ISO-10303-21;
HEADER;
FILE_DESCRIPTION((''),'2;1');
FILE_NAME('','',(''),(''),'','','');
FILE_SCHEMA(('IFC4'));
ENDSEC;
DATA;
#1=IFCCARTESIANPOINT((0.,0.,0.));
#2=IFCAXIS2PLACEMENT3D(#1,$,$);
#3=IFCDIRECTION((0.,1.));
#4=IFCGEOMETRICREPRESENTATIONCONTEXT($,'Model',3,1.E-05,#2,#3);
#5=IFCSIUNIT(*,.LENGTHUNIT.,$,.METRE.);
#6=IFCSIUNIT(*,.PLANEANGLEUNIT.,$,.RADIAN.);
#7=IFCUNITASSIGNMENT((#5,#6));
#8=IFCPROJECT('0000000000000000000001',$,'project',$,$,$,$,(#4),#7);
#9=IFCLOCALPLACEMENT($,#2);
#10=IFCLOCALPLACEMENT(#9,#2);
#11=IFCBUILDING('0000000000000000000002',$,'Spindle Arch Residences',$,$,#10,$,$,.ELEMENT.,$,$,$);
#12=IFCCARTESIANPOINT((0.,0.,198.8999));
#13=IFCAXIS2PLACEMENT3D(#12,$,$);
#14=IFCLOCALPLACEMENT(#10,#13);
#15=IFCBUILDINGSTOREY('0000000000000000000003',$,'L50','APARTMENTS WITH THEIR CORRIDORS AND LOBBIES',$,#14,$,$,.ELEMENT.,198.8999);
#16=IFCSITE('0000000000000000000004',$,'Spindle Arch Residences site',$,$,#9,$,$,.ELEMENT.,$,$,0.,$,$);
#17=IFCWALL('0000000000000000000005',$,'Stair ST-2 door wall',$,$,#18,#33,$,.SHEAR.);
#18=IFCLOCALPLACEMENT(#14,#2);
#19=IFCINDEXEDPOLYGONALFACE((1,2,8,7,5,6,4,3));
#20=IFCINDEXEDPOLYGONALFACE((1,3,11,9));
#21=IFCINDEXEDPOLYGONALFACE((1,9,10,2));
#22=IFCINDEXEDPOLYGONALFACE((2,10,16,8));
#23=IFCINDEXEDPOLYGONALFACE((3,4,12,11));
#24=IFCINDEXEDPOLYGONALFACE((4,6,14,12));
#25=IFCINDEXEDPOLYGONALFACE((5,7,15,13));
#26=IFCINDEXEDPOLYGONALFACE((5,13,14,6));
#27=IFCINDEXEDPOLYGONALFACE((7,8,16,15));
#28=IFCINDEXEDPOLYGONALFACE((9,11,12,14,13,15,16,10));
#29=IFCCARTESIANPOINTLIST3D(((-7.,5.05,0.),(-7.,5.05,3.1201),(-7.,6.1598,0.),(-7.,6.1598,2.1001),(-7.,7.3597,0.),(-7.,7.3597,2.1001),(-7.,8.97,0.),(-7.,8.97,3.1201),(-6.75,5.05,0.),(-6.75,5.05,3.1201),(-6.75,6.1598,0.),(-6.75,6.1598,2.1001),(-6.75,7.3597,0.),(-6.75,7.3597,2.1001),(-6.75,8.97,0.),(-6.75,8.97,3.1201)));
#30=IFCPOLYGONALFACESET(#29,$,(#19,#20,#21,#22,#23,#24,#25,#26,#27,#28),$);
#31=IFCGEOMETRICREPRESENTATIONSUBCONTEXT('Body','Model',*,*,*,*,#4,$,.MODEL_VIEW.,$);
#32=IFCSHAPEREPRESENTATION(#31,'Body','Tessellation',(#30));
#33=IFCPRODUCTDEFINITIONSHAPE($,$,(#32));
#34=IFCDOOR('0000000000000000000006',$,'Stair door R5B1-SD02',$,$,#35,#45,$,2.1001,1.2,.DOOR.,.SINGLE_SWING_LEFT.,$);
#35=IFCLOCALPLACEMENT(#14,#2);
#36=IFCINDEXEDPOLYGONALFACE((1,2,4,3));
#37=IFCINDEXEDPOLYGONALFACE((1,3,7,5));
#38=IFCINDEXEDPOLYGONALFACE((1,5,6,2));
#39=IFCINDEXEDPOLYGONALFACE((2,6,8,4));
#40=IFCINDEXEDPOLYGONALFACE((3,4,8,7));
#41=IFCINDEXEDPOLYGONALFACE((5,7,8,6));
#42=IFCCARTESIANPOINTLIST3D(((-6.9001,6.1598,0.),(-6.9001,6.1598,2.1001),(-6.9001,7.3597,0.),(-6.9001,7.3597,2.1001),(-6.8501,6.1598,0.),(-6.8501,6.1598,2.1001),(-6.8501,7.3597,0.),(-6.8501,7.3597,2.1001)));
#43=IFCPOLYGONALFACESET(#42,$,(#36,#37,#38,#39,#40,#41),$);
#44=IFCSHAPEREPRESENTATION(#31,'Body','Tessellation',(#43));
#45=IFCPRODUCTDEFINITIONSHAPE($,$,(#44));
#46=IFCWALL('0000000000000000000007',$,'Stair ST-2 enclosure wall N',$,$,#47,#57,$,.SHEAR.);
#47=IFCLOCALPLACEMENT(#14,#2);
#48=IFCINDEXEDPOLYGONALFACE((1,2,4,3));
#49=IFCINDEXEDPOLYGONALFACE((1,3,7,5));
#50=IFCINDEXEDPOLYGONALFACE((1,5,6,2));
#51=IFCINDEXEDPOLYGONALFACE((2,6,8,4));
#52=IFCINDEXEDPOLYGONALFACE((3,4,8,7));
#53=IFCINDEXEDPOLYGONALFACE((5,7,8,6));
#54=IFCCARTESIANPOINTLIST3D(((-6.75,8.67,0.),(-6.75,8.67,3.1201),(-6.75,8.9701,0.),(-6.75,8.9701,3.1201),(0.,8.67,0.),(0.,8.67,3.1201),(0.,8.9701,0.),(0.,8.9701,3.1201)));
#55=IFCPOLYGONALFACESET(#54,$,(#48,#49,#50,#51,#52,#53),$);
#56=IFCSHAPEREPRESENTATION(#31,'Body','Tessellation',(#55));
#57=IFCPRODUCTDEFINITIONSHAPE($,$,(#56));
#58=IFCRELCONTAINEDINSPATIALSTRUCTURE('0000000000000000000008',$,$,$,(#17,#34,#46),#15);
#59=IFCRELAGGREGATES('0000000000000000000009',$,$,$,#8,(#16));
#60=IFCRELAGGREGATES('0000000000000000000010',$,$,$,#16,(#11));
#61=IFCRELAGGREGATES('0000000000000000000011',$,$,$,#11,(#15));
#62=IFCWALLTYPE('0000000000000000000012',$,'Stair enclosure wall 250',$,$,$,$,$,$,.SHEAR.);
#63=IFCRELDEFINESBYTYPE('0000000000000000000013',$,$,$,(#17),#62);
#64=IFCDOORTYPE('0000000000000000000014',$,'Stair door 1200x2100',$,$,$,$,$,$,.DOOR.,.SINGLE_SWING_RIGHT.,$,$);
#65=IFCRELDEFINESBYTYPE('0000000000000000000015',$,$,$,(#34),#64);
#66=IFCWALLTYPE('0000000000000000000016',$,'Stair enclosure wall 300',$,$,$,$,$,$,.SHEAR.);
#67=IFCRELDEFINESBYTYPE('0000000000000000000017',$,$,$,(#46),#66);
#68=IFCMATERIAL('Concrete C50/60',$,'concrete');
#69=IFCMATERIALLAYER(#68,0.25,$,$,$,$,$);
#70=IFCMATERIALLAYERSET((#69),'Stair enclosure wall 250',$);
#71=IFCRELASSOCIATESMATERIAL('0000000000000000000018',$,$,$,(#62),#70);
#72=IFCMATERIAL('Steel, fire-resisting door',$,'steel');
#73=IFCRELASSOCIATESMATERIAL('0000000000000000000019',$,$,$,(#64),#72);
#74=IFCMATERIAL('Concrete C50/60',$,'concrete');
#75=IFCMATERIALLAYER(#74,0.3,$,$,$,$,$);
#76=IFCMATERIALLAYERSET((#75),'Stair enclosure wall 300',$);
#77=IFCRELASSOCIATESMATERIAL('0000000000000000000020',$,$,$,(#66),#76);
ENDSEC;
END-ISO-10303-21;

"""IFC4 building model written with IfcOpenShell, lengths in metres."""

from ifc_helpers import new_model, si_unit, direction, frame, frame_2d, origin, place, context, subcontext, project, spatial, rectangle, extrude, material, layer, layer_set, type_object, element, fill, save


model = new_model("IFC4")

# Units and contexts
model_context = context("Model", 3, precision=1e-05, world=origin(), true_north=direction((0.0, 1.0)))
body_context = subcontext(model_context, "Body", "Model", "MODEL_VIEW")
ifc_project = project(units=[si_unit("LENGTHUNIT", "METRE"), si_unit("PLANEANGLEUNIT", "RADIAN")], contexts=[model_context])

# Site, building, storey
site_placement = place(None, origin())
site = spatial("IfcSite", under=ifc_project, at=site_placement, Name="Spindle Arch Residences site", CompositionType="ELEMENT", RefElevation=0.0)
building_placement = place(site_placement, origin())
building = spatial("IfcBuilding", under=site, at=building_placement, Name="Spindle Arch Residences", CompositionType="ELEMENT")
storey_placement = place(building_placement, frame((0.0, 0.0, 198.8999)))
storey = spatial("IfcBuildingStorey", under=building, at=storey_placement, Name="L50", Description="APARTMENTS WITH THEIR CORRIDORS AND LOBBIES", CompositionType="ELEMENT", Elevation=198.8999)

# Wall, opening, door
ifc_material_1 = material(Name="Concrete C50/60", Category="concrete")
ifc_layer_1 = layer(ifc_material_1, 0.25)
ifc_layer_set_1 = layer_set([ifc_layer_1], Name="Stair enclosure wall 250")
wall_type_1 = type_object("IfcWallType", Name="Stair enclosure wall 250", PredefinedType="SHEAR", material=ifc_layer_set_1)
wall_1_placement = place(storey_placement, frame((-6.875, 8.97, 0.0), z_axis=(0.0, 0.0, 1.0), x_axis=(0.0, -1.0, 0.0)))
wall_1 = element("IfcWall", 1, at=wall_1_placement, inside=storey, type_object=wall_type_1, Name="Stair ST-2 door wall", PredefinedType="SHEAR", context=body_context, shape_type="SweptSolid", body=[
    extrude(rectangle(XDim=3.9199, YDim=0.25, at=frame_2d((1.96, 0.0))), origin(), (0.0, 0.0, 1.0), 3.1201),
])
opening_1_placement = place(wall_1_placement, frame((1.6101, 0.0, 0.0)))
opening_1 = element("IfcOpeningElement", 2, at=opening_1_placement, cuts=wall_1, PredefinedType="OPENING", context=body_context, shape_type="SweptSolid", body=[
    extrude(rectangle(XDim=1.2, YDim=2.1001, at=frame_2d((0.6001, 1.05))), frame((0.0, 0.135, 0.0), z_axis=(0.0, -1.0, 0.0), x_axis=(1.0, 0.0, 0.0)), (0.0, 0.0, 1.0), 0.27),
])
ifc_material_2 = material(Name="Steel, fire-resisting door", Category="steel")
door_type_1 = type_object("IfcDoorType", Name="Stair door 1200x2100", OperationType="SINGLE_SWING_RIGHT", PredefinedType="DOOR", material=ifc_material_2)
door_1_placement = place(opening_1_placement, origin())
door_1 = element("IfcDoor", 3, at=door_1_placement, inside=storey, type_object=door_type_1, Name="Stair door R5B1-SD02", OperationType="SINGLE_SWING_LEFT", OverallHeight=2.1001, OverallWidth=1.2, PredefinedType="DOOR", context=body_context, shape_type="SweptSolid", body=[
    extrude(rectangle(XDim=1.2, YDim=2.1001, at=frame_2d((0.6001, 1.05))), frame((0.0, 0.0249, 0.0), z_axis=(0.0, -1.0, 0.0), x_axis=(1.0, 0.0, 0.0)), (0.0, 0.0, 1.0), 0.05),
])
fill(opening_1, door_1)

# Wall
ifc_material_3 = material(Name="Concrete C50/60", Category="concrete")
ifc_layer_2 = layer(ifc_material_3, 0.3)
ifc_layer_set_2 = layer_set([ifc_layer_2], Name="Stair enclosure wall 300")
wall_type_2 = type_object("IfcWallType", Name="Stair enclosure wall 300", PredefinedType="SHEAR", material=ifc_layer_set_2)
wall_2_placement = place(storey_placement, frame((-6.75, 8.8201, 0.0), z_axis=(0.0, 0.0, 1.0), x_axis=(1.0, 0.0, 0.0)))
element("IfcWall", 4, at=wall_2_placement, inside=storey, type_object=wall_type_2, Name="Stair ST-2 enclosure wall N", PredefinedType="SHEAR", context=body_context, shape_type="SweptSolid", body=[
    extrude(rectangle(XDim=6.75, YDim=0.3, at=frame_2d((3.375, 0.0))), origin(), (0.0, 0.0, 1.0), 3.1201),
])

save(model, "model.ifc")
